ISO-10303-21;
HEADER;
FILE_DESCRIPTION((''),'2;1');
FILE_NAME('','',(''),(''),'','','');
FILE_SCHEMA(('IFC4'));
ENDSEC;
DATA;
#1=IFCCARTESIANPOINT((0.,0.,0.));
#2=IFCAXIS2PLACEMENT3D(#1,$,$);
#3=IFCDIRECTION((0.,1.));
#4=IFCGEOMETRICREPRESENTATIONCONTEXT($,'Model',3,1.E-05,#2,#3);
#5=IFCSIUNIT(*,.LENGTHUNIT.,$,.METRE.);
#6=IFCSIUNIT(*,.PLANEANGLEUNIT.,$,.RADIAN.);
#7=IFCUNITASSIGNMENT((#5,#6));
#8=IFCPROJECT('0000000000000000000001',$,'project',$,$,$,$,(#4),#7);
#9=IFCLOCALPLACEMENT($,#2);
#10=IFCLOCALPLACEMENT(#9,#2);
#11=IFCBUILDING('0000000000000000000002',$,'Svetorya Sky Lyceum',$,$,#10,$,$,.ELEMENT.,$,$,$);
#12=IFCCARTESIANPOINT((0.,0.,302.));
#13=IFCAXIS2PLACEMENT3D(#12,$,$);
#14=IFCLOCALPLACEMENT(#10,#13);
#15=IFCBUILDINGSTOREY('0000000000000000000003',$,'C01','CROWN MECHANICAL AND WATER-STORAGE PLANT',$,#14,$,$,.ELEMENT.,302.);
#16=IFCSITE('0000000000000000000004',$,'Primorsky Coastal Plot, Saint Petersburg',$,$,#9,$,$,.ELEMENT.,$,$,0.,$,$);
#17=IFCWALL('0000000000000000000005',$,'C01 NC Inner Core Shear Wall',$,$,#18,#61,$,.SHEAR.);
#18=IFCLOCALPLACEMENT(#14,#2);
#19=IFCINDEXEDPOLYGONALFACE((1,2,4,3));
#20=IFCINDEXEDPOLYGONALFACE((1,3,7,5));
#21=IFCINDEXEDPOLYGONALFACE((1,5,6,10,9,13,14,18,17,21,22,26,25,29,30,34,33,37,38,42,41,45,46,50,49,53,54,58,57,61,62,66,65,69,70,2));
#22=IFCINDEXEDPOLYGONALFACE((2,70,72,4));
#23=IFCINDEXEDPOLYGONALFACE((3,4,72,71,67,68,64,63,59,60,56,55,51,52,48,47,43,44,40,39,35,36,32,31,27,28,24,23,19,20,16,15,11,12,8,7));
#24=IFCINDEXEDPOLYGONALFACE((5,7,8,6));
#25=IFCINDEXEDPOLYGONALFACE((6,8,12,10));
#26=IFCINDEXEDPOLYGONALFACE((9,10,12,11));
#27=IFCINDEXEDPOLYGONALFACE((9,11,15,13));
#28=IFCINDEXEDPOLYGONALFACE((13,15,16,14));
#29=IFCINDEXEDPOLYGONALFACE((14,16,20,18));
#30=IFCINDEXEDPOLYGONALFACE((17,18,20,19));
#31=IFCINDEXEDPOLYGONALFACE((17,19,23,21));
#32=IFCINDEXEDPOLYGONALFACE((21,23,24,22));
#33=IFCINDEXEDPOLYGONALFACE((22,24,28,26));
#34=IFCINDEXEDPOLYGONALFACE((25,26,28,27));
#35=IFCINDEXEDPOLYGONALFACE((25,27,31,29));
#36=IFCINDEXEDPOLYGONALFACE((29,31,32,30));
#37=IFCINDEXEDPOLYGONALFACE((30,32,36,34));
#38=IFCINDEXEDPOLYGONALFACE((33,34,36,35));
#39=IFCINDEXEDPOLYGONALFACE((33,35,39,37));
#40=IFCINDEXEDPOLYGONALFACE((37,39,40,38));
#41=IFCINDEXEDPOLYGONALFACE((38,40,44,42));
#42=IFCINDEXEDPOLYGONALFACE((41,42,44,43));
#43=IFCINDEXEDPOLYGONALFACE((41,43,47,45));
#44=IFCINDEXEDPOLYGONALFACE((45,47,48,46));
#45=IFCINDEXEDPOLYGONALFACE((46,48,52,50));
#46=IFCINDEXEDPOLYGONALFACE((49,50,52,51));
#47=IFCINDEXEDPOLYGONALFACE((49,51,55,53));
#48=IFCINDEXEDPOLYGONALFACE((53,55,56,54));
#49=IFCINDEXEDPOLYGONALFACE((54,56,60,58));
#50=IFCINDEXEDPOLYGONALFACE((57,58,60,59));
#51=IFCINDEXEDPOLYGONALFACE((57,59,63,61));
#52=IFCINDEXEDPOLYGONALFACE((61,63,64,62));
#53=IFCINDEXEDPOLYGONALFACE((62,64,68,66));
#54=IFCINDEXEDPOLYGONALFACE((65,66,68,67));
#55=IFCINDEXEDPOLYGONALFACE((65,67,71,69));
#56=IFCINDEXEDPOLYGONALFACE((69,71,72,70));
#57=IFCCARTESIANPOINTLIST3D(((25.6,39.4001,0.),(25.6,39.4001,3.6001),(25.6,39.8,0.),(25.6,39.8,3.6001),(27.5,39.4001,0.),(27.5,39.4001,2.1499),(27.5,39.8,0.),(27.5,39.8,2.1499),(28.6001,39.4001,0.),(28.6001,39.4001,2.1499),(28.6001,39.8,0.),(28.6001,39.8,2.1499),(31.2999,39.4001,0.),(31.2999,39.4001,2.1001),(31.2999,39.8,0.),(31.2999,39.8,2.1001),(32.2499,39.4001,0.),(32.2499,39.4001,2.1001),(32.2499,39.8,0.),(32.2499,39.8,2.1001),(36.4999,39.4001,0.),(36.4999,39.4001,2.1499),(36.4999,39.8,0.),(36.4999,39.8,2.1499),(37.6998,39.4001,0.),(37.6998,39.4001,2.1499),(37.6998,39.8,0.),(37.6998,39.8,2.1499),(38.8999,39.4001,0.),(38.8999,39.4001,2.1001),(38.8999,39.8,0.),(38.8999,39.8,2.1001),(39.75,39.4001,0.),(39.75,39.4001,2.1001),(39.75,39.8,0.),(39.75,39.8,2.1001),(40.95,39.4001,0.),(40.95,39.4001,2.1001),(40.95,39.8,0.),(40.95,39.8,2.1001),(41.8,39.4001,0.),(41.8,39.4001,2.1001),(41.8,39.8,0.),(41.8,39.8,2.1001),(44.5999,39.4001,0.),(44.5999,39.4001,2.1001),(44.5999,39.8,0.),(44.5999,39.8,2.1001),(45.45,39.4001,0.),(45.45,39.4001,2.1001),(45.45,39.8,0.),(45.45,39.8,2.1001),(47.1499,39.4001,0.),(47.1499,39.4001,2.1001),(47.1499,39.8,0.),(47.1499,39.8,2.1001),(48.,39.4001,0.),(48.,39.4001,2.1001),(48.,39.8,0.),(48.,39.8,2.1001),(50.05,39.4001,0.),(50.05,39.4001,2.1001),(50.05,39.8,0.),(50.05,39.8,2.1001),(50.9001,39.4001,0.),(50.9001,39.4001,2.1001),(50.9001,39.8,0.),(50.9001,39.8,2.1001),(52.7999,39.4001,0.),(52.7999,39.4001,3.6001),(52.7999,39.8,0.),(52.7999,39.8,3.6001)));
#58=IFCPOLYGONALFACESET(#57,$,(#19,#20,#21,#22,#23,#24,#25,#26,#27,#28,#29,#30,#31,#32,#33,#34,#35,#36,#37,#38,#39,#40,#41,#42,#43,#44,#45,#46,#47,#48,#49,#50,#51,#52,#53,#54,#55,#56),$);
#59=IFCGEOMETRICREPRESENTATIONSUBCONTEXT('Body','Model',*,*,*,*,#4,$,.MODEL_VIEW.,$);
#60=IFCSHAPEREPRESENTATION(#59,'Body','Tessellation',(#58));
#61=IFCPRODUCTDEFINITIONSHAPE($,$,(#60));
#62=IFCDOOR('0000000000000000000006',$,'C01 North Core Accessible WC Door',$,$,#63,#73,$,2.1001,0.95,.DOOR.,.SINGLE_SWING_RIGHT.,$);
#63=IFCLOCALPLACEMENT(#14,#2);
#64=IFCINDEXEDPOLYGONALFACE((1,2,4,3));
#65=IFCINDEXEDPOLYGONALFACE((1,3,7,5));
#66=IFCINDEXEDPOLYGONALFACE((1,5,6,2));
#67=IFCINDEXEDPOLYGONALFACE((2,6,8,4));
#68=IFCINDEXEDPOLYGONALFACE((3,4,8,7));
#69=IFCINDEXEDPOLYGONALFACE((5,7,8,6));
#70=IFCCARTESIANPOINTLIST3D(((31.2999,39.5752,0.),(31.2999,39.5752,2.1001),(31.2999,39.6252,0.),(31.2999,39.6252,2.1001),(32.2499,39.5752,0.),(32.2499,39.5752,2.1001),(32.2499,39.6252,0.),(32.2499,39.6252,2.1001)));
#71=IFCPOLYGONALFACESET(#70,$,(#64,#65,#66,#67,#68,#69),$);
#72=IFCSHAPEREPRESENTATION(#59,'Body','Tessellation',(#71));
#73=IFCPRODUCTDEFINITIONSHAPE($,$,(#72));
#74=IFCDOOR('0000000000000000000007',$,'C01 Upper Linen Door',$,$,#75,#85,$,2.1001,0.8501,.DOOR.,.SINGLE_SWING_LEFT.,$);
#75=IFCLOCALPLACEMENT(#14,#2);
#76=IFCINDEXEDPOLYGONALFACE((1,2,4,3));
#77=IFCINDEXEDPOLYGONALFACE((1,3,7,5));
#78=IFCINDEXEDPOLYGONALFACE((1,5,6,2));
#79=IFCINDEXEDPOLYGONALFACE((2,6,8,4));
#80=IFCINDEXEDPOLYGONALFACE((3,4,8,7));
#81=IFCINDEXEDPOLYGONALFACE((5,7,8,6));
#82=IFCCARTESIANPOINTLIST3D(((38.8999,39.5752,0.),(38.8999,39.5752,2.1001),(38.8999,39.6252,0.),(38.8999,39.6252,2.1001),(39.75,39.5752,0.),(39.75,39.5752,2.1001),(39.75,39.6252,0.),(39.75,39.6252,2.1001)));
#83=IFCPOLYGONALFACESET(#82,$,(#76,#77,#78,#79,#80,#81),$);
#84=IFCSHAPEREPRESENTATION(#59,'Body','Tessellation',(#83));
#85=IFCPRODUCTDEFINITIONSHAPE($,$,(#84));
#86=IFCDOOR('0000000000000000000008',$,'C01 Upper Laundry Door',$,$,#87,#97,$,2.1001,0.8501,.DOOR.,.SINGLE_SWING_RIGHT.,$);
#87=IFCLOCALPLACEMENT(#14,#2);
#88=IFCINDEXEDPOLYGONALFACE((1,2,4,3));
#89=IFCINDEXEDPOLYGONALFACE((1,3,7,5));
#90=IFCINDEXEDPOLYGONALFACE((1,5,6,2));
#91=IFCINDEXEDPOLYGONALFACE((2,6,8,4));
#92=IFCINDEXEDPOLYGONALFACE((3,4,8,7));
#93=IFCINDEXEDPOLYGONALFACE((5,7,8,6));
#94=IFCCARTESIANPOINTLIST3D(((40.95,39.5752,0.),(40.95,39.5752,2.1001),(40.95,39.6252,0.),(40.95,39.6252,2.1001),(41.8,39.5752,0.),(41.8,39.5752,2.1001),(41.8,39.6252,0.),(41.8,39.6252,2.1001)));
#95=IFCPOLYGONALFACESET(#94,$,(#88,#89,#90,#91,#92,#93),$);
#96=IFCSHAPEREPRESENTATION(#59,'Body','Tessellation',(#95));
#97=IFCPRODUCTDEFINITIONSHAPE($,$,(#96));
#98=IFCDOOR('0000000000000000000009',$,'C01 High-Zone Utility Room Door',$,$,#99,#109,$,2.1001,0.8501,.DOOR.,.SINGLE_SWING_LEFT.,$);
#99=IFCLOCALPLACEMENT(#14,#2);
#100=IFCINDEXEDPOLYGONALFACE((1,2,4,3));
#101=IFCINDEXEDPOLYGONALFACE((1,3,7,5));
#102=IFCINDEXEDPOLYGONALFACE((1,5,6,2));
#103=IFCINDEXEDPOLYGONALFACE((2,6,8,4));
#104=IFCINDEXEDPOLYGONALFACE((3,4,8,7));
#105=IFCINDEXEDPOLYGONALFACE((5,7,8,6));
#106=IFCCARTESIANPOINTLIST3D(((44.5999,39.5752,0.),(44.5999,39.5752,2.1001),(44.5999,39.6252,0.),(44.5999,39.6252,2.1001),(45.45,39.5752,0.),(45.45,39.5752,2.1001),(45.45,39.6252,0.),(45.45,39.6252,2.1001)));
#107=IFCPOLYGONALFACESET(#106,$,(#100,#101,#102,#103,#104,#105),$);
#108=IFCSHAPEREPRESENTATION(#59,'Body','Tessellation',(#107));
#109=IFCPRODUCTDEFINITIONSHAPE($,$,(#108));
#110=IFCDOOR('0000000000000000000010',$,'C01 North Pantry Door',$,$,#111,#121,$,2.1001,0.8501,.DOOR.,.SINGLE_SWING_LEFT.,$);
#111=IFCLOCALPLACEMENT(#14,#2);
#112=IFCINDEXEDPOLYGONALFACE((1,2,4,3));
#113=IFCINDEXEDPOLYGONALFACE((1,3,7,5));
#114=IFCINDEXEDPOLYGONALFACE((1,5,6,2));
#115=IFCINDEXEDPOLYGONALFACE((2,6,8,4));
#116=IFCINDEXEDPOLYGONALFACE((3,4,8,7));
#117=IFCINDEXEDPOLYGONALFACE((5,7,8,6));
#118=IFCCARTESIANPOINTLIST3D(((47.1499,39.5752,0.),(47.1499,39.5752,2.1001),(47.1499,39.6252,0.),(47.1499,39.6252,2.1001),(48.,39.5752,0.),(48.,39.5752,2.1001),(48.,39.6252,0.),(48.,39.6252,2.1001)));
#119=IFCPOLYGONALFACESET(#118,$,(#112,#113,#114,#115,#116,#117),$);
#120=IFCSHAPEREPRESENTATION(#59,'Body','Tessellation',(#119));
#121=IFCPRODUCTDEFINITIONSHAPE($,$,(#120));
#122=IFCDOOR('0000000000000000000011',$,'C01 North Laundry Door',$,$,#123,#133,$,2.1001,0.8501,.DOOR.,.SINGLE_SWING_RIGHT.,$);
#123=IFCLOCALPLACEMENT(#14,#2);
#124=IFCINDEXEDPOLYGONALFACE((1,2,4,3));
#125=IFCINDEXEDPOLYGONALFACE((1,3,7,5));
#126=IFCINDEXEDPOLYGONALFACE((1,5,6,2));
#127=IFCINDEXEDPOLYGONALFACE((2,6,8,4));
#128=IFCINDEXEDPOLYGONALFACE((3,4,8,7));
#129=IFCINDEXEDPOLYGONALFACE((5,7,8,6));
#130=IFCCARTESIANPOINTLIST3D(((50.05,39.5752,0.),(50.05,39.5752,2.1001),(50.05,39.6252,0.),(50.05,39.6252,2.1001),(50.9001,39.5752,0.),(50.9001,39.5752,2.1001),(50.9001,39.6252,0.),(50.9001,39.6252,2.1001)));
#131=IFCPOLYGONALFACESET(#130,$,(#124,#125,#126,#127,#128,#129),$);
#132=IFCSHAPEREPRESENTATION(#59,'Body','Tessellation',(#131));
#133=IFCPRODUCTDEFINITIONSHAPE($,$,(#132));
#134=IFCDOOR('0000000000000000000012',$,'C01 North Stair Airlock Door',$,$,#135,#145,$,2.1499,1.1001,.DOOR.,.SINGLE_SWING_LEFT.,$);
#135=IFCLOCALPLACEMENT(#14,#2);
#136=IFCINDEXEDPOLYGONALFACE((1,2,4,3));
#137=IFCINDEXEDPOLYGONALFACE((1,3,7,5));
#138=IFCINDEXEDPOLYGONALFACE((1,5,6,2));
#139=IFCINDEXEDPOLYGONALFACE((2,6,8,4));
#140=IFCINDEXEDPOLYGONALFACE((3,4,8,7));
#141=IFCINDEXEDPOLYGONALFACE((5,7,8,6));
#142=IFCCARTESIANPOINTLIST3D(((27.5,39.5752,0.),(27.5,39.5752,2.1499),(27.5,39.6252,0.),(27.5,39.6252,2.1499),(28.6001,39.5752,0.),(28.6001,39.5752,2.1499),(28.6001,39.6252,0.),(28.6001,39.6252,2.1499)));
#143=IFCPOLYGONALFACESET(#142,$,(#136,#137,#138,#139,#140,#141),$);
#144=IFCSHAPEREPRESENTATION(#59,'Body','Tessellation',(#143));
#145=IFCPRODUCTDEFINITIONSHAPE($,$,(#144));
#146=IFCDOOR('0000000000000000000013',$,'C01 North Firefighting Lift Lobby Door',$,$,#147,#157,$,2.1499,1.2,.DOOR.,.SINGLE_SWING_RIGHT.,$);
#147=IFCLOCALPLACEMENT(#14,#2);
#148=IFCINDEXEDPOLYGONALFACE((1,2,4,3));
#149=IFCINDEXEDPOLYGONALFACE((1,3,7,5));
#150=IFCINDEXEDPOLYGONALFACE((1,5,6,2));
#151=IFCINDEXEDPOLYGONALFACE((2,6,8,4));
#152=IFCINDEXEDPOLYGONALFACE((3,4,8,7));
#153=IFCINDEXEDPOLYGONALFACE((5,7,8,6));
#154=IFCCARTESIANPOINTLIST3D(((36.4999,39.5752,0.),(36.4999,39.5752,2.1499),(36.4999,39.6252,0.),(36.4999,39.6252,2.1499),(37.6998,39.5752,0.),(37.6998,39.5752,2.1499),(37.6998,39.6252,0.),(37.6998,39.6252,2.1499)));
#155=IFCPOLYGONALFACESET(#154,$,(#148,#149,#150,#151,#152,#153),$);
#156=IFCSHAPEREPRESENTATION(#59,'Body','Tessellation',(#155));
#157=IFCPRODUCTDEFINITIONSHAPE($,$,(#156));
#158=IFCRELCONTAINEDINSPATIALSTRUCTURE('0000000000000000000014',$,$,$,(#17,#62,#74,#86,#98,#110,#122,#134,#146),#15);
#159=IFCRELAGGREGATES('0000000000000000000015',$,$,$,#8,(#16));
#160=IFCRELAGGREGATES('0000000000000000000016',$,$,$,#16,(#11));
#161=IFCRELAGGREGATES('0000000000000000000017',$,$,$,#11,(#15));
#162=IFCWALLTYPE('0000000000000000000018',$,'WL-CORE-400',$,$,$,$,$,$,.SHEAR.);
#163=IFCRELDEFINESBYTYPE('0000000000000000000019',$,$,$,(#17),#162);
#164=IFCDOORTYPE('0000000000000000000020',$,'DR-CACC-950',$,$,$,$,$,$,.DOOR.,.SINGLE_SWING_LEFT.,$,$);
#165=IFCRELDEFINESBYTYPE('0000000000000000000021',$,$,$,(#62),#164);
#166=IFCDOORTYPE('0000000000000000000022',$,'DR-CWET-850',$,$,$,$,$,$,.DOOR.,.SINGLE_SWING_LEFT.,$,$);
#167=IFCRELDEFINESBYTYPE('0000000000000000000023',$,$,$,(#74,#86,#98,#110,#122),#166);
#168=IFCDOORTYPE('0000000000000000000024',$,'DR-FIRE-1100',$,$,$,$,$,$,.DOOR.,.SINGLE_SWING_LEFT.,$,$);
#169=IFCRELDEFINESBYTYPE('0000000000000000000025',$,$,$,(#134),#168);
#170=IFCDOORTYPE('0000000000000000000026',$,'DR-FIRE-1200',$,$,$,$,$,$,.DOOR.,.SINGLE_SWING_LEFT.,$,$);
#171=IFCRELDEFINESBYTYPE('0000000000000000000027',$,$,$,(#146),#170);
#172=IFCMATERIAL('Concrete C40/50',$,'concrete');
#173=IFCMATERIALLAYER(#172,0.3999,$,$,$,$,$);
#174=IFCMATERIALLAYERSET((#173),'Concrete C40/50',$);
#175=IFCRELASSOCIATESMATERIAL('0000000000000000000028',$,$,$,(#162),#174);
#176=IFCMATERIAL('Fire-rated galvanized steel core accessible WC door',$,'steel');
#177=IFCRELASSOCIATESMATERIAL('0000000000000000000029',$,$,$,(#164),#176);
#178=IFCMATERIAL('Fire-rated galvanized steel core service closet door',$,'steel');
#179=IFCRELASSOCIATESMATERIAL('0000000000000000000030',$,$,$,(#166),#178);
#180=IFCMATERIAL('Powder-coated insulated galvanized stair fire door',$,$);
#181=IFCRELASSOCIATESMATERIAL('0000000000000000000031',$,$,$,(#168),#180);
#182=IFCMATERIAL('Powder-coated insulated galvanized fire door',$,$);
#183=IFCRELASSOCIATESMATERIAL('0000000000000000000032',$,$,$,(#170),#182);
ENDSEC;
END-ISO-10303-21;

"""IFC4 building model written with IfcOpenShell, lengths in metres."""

from ifc_helpers import new_model, si_unit, direction, frame, frame_2d, origin, place, context, subcontext, project, spatial, rectangle, extrude, material, layer, layer_set, type_object, element, fill, save


model = new_model("IFC4")

# Units and contexts
model_context = context("Model", 3, precision=1e-05, world=origin(), true_north=direction((0.0, 1.0)))
body_context = subcontext(model_context, "Body", "Model", "MODEL_VIEW")
ifc_project = project(units=[si_unit("LENGTHUNIT", "METRE"), si_unit("PLANEANGLEUNIT", "RADIAN")], contexts=[model_context])

# Site, building, storey
site_placement = place(None, origin())
site = spatial("IfcSite", under=ifc_project, at=site_placement, Name="Primorsky Coastal Plot, Saint Petersburg", CompositionType="ELEMENT", RefElevation=0.0)
building_placement = place(site_placement, origin())
building = spatial("IfcBuilding", under=site, at=building_placement, Name="Svetorya Sky Lyceum", CompositionType="ELEMENT")
storey_placement = place(building_placement, frame((0.0, 0.0, 302.0)))
storey = spatial("IfcBuildingStorey", under=building, at=storey_placement, Name="C01", Description="CROWN MECHANICAL AND WATER-STORAGE PLANT", CompositionType="ELEMENT", Elevation=302.0)

# Shared definitions
ifc_material_1 = material(Name="Concrete C40/50", Category="concrete")

# Wall, openings, doors
ifc_layer_1 = layer(ifc_material_1, 0.3999)
ifc_layer_set_1 = layer_set([ifc_layer_1], Name="Concrete C40/50")
wall_type_1 = type_object("IfcWallType", Name="WL-CORE-400", PredefinedType="SHEAR", material=ifc_layer_set_1)
wall_1_placement = place(storey_placement, frame((52.8, 39.6001, 0.0), z_axis=(0.0, 0.0, 1.0), x_axis=(-1.0, 0.0, 0.0)))
wall_1 = element("IfcWall", 1, at=wall_1_placement, inside=storey, type_object=wall_type_1, Name="C01 NC Inner Core Shear Wall", PredefinedType="SHEAR", context=body_context, shape_type="SweptSolid", body=[
    extrude(rectangle(XDim=27.2, YDim=0.3999, at=frame_2d((13.6001, 0.0))), origin(), (0.0, 0.0, 1.0), 3.6001),
])
opening_1_placement = place(wall_1_placement, frame((24.2, 0.0, 0.0)))
opening_1 = element("IfcOpeningElement", 2, at=opening_1_placement, cuts=wall_1, PredefinedType="OPENING", context=body_context, shape_type="SweptSolid", body=[
    extrude(rectangle(XDim=1.1001, YDim=2.1499, at=frame_2d((0.55, 1.075))), frame((0.0, 0.21, 0.0), z_axis=(0.0, -1.0, 0.0), x_axis=(1.0, 0.0, 0.0)), (0.0, 0.0, 1.0), 0.4199),
])
opening_2_placement = place(wall_1_placement, frame((20.55, 0.0, 0.0)))
opening_2 = element("IfcOpeningElement", 3, at=opening_2_placement, cuts=wall_1, PredefinedType="OPENING", context=body_context, shape_type="SweptSolid", body=[
    extrude(rectangle(XDim=0.95, YDim=2.1001, at=frame_2d((0.4751, 1.05))), frame((0.0, 0.21, 0.0), z_axis=(0.0, -1.0, 0.0), x_axis=(1.0, 0.0, 0.0)), (0.0, 0.0, 1.0), 0.4199),
])
opening_3_placement = place(wall_1_placement, frame((15.1001, 0.0, 0.0)))
opening_3 = element("IfcOpeningElement", 4, at=opening_3_placement, cuts=wall_1, PredefinedType="OPENING", context=body_context, shape_type="SweptSolid", body=[
    extrude(rectangle(XDim=1.2, YDim=2.1499, at=frame_2d((0.6001, 1.075))), frame((0.0, 0.21, 0.0), z_axis=(0.0, -1.0, 0.0), x_axis=(1.0, 0.0, 0.0)), (0.0, 0.0, 1.0), 0.4199),
])
opening_4_placement = place(wall_1_placement, frame((13.05, 0.0, 0.0)))
opening_4 = element("IfcOpeningElement", 5, at=opening_4_placement, cuts=wall_1, PredefinedType="OPENING", context=body_context, shape_type="SweptSolid", body=[
    extrude(rectangle(XDim=0.8501, YDim=2.1001, at=frame_2d((0.425, 1.05))), frame((0.0, 0.21, 0.0), z_axis=(0.0, -1.0, 0.0), x_axis=(1.0, 0.0, 0.0)), (0.0, 0.0, 1.0), 0.4199),
])
opening_5_placement = place(wall_1_placement, frame((11.0, 0.0, 0.0)))
opening_5 = element("IfcOpeningElement", 6, at=opening_5_placement, cuts=wall_1, PredefinedType="OPENING", context=body_context, shape_type="SweptSolid", body=[
    extrude(rectangle(XDim=0.8501, YDim=2.1001, at=frame_2d((0.425, 1.05))), frame((0.0, 0.21, 0.0), z_axis=(0.0, -1.0, 0.0), x_axis=(1.0, 0.0, 0.0)), (0.0, 0.0, 1.0), 0.4199),
])
opening_6_placement = place(wall_1_placement, frame((7.3501, 0.0, 0.0)))
opening_6 = element("IfcOpeningElement", 7, at=opening_6_placement, cuts=wall_1, PredefinedType="OPENING", context=body_context, shape_type="SweptSolid", body=[
    extrude(rectangle(XDim=0.8501, YDim=2.1001, at=frame_2d((0.425, 1.05))), frame((0.0, 0.21, 0.0), z_axis=(0.0, -1.0, 0.0), x_axis=(1.0, 0.0, 0.0)), (0.0, 0.0, 1.0), 0.4199),
])
opening_7_placement = place(wall_1_placement, frame((4.8, 0.0, 0.0)))
opening_7 = element("IfcOpeningElement", 8, at=opening_7_placement, cuts=wall_1, PredefinedType="OPENING", context=body_context, shape_type="SweptSolid", body=[
    extrude(rectangle(XDim=0.8501, YDim=2.1001, at=frame_2d((0.425, 1.05))), frame((0.0, 0.21, 0.0), z_axis=(0.0, -1.0, 0.0), x_axis=(1.0, 0.0, 0.0)), (0.0, 0.0, 1.0), 0.4199),
])
opening_8_placement = place(wall_1_placement, frame((1.8999, 0.0, 0.0)))
opening_8 = element("IfcOpeningElement", 9, at=opening_8_placement, cuts=wall_1, PredefinedType="OPENING", context=body_context, shape_type="SweptSolid", body=[
    extrude(rectangle(XDim=0.8501, YDim=2.1001, at=frame_2d((0.425, 1.05))), frame((0.0, 0.21, 0.0), z_axis=(0.0, -1.0, 0.0), x_axis=(1.0, 0.0, 0.0)), (0.0, 0.0, 1.0), 0.4199),
])
ifc_material_2 = material(Name="Fire-rated galvanized steel core accessible WC door", Category="steel")
door_type_1 = type_object("IfcDoorType", Name="DR-CACC-950", OperationType="SINGLE_SWING_LEFT", PredefinedType="DOOR", material=ifc_material_2)
door_1_placement = place(opening_2_placement, origin())
door_1 = element("IfcDoor", 10, at=door_1_placement, inside=storey, type_object=door_type_1, Name="C01 North Core Accessible WC Door", OperationType="SINGLE_SWING_RIGHT", OverallHeight=2.1001, OverallWidth=0.95, PredefinedType="DOOR", context=body_context, shape_type="SweptSolid", body=[
    extrude(rectangle(XDim=0.95, YDim=2.1001, at=frame_2d((0.4751, 1.05))), frame((0.0, 0.0249, 0.0), z_axis=(0.0, -1.0, 0.0), x_axis=(1.0, 0.0, 0.0)), (0.0, 0.0, 1.0), 0.05),
])
fill(opening_2, door_1)
ifc_material_3 = material(Name="Fire-rated galvanized steel core service closet door", Category="steel")
door_type_2 = type_object("IfcDoorType", Name="DR-CWET-850", OperationType="SINGLE_SWING_LEFT", PredefinedType="DOOR", material=ifc_material_3)
door_2_placement = place(opening_4_placement, origin())
door_2 = element("IfcDoor", 11, at=door_2_placement, inside=storey, type_object=door_type_2, Name="C01 Upper Linen Door", OperationType="SINGLE_SWING_LEFT", OverallHeight=2.1001, OverallWidth=0.8501, PredefinedType="DOOR", context=body_context, shape_type="SweptSolid", body=[
    extrude(rectangle(XDim=0.8501, YDim=2.1001, at=frame_2d((0.425, 1.05))), frame((0.0, 0.0249, 0.0), z_axis=(0.0, -1.0, 0.0), x_axis=(1.0, 0.0, 0.0)), (0.0, 0.0, 1.0), 0.05),
])
fill(opening_4, door_2)
door_3_placement = place(opening_5_placement, origin())
door_3 = element("IfcDoor", 12, at=door_3_placement, inside=storey, type_object=door_type_2, Name="C01 Upper Laundry Door", OperationType="SINGLE_SWING_RIGHT", OverallHeight=2.1001, OverallWidth=0.8501, PredefinedType="DOOR", context=body_context, shape_type="SweptSolid", body=[
    extrude(rectangle(XDim=0.8501, YDim=2.1001, at=frame_2d((0.425, 1.05))), frame((0.0, 0.0249, 0.0), z_axis=(0.0, -1.0, 0.0), x_axis=(1.0, 0.0, 0.0)), (0.0, 0.0, 1.0), 0.05),
])
fill(opening_5, door_3)
door_4_placement = place(opening_6_placement, origin())
door_4 = element("IfcDoor", 13, at=door_4_placement, inside=storey, type_object=door_type_2, Name="C01 High-Zone Utility Room Door", OperationType="SINGLE_SWING_LEFT", OverallHeight=2.1001, OverallWidth=0.8501, PredefinedType="DOOR", context=body_context, shape_type="SweptSolid", body=[
    extrude(rectangle(XDim=0.8501, YDim=2.1001, at=frame_2d((0.425, 1.05))), frame((0.0, 0.0249, 0.0), z_axis=(0.0, -1.0, 0.0), x_axis=(1.0, 0.0, 0.0)), (0.0, 0.0, 1.0), 0.05),
])
fill(opening_6, door_4)
door_5_placement = place(opening_7_placement, origin())
door_5 = element("IfcDoor", 14, at=door_5_placement, inside=storey, type_object=door_type_2, Name="C01 North Pantry Door", OperationType="SINGLE_SWING_LEFT", OverallHeight=2.1001, OverallWidth=0.8501, PredefinedType="DOOR", context=body_context, shape_type="SweptSolid", body=[
    extrude(rectangle(XDim=0.8501, YDim=2.1001, at=frame_2d((0.425, 1.05))), frame((0.0, 0.0249, 0.0), z_axis=(0.0, -1.0, 0.0), x_axis=(1.0, 0.0, 0.0)), (0.0, 0.0, 1.0), 0.05),
])
fill(opening_7, door_5)
door_6_placement = place(opening_8_placement, origin())
door_6 = element("IfcDoor", 15, at=door_6_placement, inside=storey, type_object=door_type_2, Name="C01 North Laundry Door", OperationType="SINGLE_SWING_RIGHT", OverallHeight=2.1001, OverallWidth=0.8501, PredefinedType="DOOR", context=body_context, shape_type="SweptSolid", body=[
    extrude(rectangle(XDim=0.8501, YDim=2.1001, at=frame_2d((0.425, 1.05))), frame((0.0, 0.0249, 0.0), z_axis=(0.0, -1.0, 0.0), x_axis=(1.0, 0.0, 0.0)), (0.0, 0.0, 1.0), 0.05),
])
fill(opening_8, door_6)
ifc_material_4 = material(Name="Powder-coated insulated galvanized stair fire door")
door_type_3 = type_object("IfcDoorType", Name="DR-FIRE-1100", OperationType="SINGLE_SWING_LEFT", PredefinedType="DOOR", material=ifc_material_4)
door_7_placement = place(opening_1_placement, origin())
door_7 = element("IfcDoor", 16, at=door_7_placement, inside=storey, type_object=door_type_3, Name="C01 North Stair Airlock Door", OperationType="SINGLE_SWING_LEFT", OverallHeight=2.1499, OverallWidth=1.1001, PredefinedType="DOOR", context=body_context, shape_type="SweptSolid", body=[
    extrude(rectangle(XDim=1.1001, YDim=2.1499, at=frame_2d((0.55, 1.075))), frame((0.0, 0.0249, 0.0), z_axis=(0.0, -1.0, 0.0), x_axis=(1.0, 0.0, 0.0)), (0.0, 0.0, 1.0), 0.05),
])
fill(opening_1, door_7)
ifc_material_5 = material(Name="Powder-coated insulated galvanized fire door")
door_type_4 = type_object("IfcDoorType", Name="DR-FIRE-1200", OperationType="SINGLE_SWING_LEFT", PredefinedType="DOOR", material=ifc_material_5)
door_8_placement = place(opening_3_placement, origin())
door_8 = element("IfcDoor", 17, at=door_8_placement, inside=storey, type_object=door_type_4, Name="C01 North Firefighting Lift Lobby Door", OperationType="SINGLE_SWING_RIGHT", OverallHeight=2.1499, OverallWidth=1.2, PredefinedType="DOOR", context=body_context, shape_type="SweptSolid", body=[
    extrude(rectangle(XDim=1.2, YDim=2.1499, at=frame_2d((0.6001, 1.075))), frame((0.0, 0.0249, 0.0), z_axis=(0.0, -1.0, 0.0), x_axis=(1.0, 0.0, 0.0)), (0.0, 0.0, 1.0), 0.05),
])
fill(opening_3, door_8)

save(model, "model.ifc")
